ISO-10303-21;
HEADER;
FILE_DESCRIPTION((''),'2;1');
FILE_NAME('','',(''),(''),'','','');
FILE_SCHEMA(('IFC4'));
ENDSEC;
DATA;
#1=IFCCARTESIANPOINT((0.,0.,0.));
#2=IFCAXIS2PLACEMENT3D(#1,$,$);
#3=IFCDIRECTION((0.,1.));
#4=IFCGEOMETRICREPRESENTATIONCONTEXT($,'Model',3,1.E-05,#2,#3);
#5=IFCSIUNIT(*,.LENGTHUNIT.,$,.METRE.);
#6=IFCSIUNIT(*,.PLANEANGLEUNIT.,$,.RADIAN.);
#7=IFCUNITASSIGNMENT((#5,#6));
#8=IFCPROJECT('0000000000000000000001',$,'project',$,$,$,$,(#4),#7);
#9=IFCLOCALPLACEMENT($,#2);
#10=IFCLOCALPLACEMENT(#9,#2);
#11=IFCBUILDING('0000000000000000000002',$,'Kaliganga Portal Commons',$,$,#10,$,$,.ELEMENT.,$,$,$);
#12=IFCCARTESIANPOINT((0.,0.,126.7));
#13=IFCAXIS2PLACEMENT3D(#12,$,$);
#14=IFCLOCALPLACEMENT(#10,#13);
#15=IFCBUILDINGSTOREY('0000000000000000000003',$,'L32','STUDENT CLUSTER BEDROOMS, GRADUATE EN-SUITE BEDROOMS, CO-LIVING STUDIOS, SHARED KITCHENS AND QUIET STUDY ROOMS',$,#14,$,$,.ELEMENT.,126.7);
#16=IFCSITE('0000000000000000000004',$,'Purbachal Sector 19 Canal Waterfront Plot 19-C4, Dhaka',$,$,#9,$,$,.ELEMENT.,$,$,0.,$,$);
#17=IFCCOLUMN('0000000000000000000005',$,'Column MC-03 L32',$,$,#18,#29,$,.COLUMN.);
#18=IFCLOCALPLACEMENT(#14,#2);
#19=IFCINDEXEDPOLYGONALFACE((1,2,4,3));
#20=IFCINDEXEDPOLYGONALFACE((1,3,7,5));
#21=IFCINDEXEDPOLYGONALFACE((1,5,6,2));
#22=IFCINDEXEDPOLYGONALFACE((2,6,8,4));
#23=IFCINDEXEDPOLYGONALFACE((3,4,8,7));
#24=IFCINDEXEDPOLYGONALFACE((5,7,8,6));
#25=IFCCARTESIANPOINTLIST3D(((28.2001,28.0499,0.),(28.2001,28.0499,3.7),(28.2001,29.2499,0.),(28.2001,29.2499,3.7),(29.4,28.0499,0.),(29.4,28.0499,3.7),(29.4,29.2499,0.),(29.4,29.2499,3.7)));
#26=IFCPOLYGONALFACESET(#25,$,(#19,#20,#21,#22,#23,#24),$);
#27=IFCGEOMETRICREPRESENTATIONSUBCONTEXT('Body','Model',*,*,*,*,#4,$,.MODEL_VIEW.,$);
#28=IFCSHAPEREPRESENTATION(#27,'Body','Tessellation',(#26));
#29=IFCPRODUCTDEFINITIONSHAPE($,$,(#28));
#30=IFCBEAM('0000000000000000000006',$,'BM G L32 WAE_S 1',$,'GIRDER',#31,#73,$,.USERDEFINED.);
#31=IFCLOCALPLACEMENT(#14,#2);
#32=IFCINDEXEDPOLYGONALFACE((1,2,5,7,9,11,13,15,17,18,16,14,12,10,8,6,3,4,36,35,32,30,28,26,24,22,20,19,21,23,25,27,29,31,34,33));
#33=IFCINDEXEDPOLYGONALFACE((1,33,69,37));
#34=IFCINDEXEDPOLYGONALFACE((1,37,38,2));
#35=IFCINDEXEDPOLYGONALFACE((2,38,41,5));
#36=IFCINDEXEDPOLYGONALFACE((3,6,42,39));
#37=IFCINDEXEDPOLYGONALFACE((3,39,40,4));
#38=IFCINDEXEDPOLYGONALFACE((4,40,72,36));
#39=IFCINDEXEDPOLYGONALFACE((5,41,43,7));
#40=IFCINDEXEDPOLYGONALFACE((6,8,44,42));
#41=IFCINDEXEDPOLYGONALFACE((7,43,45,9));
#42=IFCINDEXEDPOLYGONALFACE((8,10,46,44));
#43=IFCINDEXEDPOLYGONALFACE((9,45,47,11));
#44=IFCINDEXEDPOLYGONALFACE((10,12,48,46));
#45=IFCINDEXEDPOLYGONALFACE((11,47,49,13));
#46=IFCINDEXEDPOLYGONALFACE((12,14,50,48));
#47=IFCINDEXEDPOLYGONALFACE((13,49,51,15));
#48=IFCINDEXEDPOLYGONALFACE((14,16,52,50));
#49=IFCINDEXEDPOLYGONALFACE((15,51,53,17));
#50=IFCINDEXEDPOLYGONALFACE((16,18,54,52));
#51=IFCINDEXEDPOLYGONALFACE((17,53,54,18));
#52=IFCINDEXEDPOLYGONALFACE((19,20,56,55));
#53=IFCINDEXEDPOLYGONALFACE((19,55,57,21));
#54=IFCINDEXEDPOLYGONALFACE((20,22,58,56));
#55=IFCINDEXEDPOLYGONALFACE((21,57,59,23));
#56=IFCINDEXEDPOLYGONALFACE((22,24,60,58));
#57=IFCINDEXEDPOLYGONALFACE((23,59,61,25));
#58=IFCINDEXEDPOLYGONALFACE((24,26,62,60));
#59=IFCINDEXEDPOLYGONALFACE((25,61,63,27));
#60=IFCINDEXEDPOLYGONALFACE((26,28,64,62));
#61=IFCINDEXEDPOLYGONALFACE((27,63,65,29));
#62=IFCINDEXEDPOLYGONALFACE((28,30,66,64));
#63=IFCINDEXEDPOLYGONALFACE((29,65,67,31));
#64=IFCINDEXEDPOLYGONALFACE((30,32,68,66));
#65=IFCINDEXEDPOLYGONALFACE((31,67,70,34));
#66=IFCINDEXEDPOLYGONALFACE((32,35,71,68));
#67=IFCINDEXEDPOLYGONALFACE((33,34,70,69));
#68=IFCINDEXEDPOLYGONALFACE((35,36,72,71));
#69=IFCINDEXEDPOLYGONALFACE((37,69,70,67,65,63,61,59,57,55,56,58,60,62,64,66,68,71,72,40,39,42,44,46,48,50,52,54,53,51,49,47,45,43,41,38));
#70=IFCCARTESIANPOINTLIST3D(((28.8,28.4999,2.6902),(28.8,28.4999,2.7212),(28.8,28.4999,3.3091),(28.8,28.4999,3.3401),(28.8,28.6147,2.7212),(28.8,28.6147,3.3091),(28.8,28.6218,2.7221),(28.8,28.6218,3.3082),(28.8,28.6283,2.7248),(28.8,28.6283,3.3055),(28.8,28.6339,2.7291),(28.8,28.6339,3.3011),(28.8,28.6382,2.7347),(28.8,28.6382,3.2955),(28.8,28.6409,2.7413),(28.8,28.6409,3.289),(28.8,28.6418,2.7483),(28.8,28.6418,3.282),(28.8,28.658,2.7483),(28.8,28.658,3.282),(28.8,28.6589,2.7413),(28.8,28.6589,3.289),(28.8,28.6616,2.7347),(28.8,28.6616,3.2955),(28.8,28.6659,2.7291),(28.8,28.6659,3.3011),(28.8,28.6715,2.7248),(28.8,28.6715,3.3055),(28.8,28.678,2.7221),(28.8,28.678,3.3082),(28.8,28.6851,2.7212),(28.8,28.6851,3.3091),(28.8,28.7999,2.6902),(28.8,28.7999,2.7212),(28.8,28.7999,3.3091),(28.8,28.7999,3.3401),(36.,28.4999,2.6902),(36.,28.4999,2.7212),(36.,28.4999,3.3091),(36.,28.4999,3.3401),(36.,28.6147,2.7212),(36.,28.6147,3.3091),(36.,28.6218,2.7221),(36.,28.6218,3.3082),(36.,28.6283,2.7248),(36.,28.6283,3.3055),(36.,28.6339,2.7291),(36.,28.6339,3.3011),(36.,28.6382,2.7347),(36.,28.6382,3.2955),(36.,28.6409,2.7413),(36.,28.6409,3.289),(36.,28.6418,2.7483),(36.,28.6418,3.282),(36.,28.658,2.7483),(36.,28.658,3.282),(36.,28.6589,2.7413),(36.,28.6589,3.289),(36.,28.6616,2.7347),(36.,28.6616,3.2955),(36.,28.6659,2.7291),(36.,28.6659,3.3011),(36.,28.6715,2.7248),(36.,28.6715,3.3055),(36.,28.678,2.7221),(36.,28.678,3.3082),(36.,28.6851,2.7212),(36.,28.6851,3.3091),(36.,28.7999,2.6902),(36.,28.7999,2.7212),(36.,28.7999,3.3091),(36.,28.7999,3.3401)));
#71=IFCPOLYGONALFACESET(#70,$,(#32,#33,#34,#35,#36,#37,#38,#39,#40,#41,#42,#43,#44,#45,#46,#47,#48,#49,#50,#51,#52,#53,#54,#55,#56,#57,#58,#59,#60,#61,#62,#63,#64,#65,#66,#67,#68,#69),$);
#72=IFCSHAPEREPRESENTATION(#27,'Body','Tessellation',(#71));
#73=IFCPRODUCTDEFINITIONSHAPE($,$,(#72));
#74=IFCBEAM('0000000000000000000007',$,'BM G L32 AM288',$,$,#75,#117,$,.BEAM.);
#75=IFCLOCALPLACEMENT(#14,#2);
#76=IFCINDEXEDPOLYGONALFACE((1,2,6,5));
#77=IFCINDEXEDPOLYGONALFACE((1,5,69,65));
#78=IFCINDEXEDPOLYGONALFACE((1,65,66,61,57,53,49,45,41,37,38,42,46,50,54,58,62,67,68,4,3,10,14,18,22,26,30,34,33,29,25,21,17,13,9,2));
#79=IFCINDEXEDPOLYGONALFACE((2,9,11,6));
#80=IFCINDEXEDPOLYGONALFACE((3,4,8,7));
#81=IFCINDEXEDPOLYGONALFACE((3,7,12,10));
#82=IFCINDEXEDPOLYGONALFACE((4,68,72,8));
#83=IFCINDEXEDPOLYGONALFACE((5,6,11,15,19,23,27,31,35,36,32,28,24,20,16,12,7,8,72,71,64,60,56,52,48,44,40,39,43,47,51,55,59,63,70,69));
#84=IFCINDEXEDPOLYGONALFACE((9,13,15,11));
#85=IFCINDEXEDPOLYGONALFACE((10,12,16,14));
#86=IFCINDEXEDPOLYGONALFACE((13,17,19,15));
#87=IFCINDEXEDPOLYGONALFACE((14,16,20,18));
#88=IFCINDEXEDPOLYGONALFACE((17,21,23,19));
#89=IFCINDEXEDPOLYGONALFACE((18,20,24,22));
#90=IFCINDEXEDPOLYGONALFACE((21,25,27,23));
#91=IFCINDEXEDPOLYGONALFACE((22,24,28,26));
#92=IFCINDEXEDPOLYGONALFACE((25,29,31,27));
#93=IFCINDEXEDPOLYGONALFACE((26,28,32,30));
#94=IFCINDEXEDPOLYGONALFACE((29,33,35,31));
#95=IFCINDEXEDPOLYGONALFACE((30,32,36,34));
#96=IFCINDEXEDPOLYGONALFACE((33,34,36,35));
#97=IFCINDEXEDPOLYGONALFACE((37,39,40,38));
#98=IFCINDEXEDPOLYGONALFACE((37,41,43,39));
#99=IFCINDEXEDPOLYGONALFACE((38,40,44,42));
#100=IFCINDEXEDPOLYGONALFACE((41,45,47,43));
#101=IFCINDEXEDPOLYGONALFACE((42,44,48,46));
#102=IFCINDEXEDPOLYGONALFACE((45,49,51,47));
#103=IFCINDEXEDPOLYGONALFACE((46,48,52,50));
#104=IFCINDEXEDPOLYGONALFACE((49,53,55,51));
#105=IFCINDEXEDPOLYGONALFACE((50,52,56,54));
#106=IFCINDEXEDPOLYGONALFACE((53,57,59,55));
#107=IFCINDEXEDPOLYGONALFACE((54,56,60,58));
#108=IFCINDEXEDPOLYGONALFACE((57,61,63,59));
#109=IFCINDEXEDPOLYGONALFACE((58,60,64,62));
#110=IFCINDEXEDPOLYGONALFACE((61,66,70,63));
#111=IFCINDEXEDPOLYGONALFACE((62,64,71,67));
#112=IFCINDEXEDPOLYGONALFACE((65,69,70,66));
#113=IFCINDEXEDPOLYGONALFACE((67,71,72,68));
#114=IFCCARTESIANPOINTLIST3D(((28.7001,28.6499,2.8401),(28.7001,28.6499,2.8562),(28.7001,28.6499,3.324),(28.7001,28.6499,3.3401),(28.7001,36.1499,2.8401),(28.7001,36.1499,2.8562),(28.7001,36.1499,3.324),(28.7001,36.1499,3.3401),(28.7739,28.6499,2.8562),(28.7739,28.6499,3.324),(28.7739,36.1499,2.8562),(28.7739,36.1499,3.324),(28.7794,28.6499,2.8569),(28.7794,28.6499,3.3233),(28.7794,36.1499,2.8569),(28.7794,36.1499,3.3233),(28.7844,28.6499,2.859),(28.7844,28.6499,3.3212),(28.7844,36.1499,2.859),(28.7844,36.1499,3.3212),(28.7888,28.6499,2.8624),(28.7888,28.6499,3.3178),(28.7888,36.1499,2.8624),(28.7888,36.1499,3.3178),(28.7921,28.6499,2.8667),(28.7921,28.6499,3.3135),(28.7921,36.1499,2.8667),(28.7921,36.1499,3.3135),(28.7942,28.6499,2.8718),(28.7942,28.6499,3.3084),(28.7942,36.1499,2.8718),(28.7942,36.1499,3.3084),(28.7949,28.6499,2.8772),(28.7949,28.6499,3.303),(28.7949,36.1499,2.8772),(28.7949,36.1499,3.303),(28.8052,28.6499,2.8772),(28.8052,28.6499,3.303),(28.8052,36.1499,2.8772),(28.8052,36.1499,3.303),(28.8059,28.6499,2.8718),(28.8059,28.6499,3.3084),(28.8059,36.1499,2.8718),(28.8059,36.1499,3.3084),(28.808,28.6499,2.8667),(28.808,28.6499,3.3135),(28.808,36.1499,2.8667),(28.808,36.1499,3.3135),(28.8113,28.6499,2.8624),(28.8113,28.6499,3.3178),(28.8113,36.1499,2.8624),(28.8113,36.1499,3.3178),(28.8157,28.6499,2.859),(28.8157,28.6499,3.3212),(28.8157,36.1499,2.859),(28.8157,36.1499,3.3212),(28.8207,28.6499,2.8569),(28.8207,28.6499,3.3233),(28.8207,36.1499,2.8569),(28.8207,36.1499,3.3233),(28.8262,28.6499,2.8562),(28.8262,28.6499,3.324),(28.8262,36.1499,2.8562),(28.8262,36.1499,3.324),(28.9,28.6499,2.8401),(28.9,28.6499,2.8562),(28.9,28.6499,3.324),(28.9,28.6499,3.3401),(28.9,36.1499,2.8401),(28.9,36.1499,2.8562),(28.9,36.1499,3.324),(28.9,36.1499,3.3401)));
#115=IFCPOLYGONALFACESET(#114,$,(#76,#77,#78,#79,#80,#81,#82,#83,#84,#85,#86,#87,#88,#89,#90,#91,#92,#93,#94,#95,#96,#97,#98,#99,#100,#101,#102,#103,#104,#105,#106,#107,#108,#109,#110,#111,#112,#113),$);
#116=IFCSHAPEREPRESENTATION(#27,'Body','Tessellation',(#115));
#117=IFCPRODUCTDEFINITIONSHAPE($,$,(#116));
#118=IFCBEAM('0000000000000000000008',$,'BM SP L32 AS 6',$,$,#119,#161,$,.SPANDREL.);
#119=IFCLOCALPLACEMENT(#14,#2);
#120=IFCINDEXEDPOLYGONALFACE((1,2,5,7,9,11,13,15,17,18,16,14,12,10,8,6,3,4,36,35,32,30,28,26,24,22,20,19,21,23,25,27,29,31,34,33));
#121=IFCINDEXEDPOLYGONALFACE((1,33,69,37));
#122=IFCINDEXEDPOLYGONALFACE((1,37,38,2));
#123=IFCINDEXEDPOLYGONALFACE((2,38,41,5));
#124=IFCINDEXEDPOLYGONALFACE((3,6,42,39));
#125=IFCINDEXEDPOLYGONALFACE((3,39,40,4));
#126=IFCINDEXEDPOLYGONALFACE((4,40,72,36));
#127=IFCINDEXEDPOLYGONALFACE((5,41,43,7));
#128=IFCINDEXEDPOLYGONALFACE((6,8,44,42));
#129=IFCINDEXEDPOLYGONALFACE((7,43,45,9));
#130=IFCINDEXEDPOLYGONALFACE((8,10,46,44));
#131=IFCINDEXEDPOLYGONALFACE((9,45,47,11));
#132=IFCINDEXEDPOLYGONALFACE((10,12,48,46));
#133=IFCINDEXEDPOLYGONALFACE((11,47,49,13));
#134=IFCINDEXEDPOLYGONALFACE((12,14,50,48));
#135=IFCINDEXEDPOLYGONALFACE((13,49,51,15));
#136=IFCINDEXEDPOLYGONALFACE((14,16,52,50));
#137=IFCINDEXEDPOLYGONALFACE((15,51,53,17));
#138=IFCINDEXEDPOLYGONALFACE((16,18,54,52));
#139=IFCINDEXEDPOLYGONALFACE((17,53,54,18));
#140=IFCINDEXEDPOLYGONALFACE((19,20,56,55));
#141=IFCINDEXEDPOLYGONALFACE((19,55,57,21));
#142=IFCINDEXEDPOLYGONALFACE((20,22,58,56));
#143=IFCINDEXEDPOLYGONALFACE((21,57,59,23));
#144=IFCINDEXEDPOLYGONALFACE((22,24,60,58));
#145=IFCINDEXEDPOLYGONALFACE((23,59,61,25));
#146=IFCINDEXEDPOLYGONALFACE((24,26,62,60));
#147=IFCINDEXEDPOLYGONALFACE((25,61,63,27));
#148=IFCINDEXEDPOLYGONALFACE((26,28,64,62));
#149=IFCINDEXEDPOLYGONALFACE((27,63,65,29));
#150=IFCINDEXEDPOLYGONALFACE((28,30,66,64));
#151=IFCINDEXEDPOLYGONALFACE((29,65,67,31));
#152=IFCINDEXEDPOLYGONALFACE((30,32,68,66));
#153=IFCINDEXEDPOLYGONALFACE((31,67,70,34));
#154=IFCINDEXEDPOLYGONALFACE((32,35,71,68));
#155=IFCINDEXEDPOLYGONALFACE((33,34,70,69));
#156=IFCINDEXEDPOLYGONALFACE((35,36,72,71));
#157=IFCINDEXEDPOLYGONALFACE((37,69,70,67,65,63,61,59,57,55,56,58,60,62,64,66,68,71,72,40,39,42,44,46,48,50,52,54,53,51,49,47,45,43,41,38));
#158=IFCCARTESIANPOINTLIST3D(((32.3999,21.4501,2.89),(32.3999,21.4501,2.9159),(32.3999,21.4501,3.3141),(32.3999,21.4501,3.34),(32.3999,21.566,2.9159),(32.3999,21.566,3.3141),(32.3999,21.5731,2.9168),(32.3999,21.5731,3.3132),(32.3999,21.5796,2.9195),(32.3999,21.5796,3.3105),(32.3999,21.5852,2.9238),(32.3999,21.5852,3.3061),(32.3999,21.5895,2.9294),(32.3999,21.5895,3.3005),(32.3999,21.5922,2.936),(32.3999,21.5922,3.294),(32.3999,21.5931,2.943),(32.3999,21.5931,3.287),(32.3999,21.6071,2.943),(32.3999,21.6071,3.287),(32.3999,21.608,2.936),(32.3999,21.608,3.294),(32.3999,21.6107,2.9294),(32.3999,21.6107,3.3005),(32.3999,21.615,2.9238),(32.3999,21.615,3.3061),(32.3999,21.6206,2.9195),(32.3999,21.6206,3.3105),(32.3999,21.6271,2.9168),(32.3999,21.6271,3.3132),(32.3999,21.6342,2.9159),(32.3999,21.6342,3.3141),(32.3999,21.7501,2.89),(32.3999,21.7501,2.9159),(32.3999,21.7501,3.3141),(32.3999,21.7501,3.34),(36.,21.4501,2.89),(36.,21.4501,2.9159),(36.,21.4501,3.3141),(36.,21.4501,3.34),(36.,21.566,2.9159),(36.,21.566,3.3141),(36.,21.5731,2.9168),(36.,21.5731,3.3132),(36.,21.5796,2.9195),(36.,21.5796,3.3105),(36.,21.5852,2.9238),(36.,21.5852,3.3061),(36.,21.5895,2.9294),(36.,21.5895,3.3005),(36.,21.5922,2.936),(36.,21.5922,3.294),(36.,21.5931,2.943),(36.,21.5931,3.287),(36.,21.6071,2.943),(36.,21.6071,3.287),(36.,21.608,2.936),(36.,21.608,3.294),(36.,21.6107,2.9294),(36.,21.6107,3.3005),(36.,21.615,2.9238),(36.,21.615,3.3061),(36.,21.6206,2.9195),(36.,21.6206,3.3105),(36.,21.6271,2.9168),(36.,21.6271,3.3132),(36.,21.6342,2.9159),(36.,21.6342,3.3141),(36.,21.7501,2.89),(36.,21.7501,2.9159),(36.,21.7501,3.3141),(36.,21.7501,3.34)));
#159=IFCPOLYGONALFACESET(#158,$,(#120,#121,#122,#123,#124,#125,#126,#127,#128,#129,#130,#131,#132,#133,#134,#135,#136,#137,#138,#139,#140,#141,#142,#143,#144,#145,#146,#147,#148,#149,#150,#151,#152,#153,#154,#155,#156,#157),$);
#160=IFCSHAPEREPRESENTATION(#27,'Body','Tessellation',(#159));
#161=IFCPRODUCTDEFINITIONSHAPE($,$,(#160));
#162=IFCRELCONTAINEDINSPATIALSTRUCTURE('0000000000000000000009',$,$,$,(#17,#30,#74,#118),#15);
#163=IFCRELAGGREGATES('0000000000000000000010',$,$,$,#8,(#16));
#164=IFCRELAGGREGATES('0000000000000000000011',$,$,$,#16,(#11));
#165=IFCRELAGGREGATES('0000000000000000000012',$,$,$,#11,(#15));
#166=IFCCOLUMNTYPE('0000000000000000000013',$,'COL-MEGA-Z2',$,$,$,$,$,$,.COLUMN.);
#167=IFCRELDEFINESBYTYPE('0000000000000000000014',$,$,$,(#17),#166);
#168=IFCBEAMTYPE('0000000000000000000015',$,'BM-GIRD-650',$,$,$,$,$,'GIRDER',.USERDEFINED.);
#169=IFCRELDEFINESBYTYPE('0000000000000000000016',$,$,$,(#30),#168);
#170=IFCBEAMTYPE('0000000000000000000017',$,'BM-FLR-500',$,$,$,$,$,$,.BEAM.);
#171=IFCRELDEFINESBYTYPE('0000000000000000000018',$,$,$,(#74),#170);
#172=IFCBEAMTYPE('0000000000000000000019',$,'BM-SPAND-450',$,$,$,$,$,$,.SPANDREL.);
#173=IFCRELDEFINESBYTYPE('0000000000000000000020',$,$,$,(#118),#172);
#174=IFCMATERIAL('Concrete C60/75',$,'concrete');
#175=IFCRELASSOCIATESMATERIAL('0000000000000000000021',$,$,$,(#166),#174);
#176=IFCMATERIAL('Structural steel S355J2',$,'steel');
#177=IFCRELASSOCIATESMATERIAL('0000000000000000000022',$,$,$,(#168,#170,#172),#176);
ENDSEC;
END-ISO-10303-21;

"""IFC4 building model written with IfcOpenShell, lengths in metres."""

from ifc_helpers import new_model, si_unit, direction, frame, origin, origin_2d, place, context, subcontext, project, spatial, rectangle, i_section, extrude, source, transform, mapped, material, material_profile, profile_set, type_object, element, save


model = new_model("IFC4")

# Units and contexts
model_context = context("Model", 3, precision=1e-05, world=origin(), true_north=direction((0.0, 1.0)))
body_context = subcontext(model_context, "Body", "Model", "MODEL_VIEW")
ifc_project = project(units=[si_unit("LENGTHUNIT", "METRE"), si_unit("PLANEANGLEUNIT", "RADIAN")], contexts=[model_context])

# Site, building, storey
site_placement = place(None, origin())
site = spatial("IfcSite", under=ifc_project, at=site_placement, Name="Purbachal Sector 19 Canal Waterfront Plot 19-C4, Dhaka", CompositionType="ELEMENT", RefElevation=0.0)
building_placement = place(site_placement, origin())
building = spatial("IfcBuilding", under=site, at=building_placement, Name="Kaliganga Portal Commons", CompositionType="ELEMENT")
storey_placement = place(building_placement, frame((0.0, 0.0, 126.7)))
storey = spatial("IfcBuildingStorey", under=building, at=storey_placement, Name="L32", Description="STUDENT CLUSTER BEDROOMS, GRADUATE EN-SUITE BEDROOMS, CO-LIVING STUDIOS, SHARED KITCHENS AND QUIET STUDY ROOMS", CompositionType="ELEMENT", Elevation=126.7)

# Column
ifc_material_1 = material(Name="Concrete C60/75", Category="concrete")
ifc_material_profile_1 = material_profile(ifc_material_1, rectangle(XDim=1.2, YDim=1.2, at=origin_2d()), Name="RC 1200x1200")
ifc_profile_set_1 = profile_set([ifc_material_profile_1], Name="Concrete C60/75")
column_type = type_object("IfcColumnType", Name="COL-MEGA-Z2", PredefinedType="COLUMN", material=ifc_profile_set_1)
shared_shape_1 = source(origin(), body_context, "Body", "SweptSolid", [
    extrude(rectangle(XDim=1.2, YDim=1.2, at=origin_2d()), origin(), (0.0, 0.0, 1.0), 3.7),
])
column_placement = place(storey_placement, frame((28.8, 28.6499, 0.0), z_axis=(0.0, 0.0, 1.0), x_axis=(1.0, 0.0, 0.0)))
element("IfcColumn", 1, at=column_placement, inside=storey, type_object=column_type, Name="Column MC-03 L32", PredefinedType="COLUMN", context=body_context, shape_type="MappedRepresentation", body=[
    mapped(shared_shape_1, transform((0.0, 0.0, 0.0), x_axis=(1.0, 0.0, 0.0), y_axis=(0.0, 1.0, 0.0), z_axis=(0.0, 0.0, 1.0), scale=1.0)),
])

# Beams
ifc_material_2 = material(Name="Structural steel S355J2", Category="steel")
ifc_material_profile_2 = material_profile(ifc_material_2, i_section(OverallWidth=0.3, OverallDepth=0.6499, WebThickness=0.0161, FlangeThickness=0.031, FilletRadius=0.0271, at=origin_2d()), Name="HE 650 B")
ifc_profile_set_2 = profile_set([ifc_material_profile_2], Name="Structural steel S355J2 wide-flange")
beam_type_1 = type_object("IfcBeamType", Name="BM-GIRD-650", ElementType="GIRDER", PredefinedType="USERDEFINED", material=ifc_profile_set_2)
shared_shape_2 = source(origin(), body_context, "Body", "SweptSolid", [
    extrude(i_section(OverallWidth=0.3, OverallDepth=0.6499, WebThickness=0.0161, FlangeThickness=0.031, FilletRadius=0.0271, at=origin_2d()), origin(), (0.0, 0.0, 1.0), 7.2),
])
beam_1_placement = place(storey_placement, frame((28.8, 28.6499, 3.0151), z_axis=(1.0, 0.0, 0.0), x_axis=(0.0, 1.0, 0.0)))
element("IfcBeam", 2, at=beam_1_placement, inside=storey, type_object=beam_type_1, Name="BM G L32 WAE_S 1", ObjectType="GIRDER", PredefinedType="USERDEFINED", context=body_context, shape_type="MappedRepresentation", body=[
    mapped(shared_shape_2, transform((0.0, 0.0, 0.0), x_axis=(1.0, 0.0, 0.0), y_axis=(0.0, 1.0, 0.0), z_axis=(0.0, 0.0, 1.0), scale=1.0)),
])
ifc_material_profile_3 = material_profile(ifc_material_2, i_section(OverallWidth=0.2, OverallDepth=0.5, WebThickness=0.0103, FlangeThickness=0.0161, FilletRadius=0.021, at=origin_2d()), Name="IPE 500")
ifc_profile_set_3 = profile_set([ifc_material_profile_3], Name="Structural steel S355J2 wide-flange")
beam_type_2 = type_object("IfcBeamType", Name="BM-FLR-500", PredefinedType="BEAM", material=ifc_profile_set_3)
shared_shape_3 = source(origin(), body_context, "Body", "SweptSolid", [
    extrude(i_section(OverallWidth=0.2, OverallDepth=0.5, WebThickness=0.0103, FlangeThickness=0.0161, FilletRadius=0.021, at=origin_2d()), origin(), (0.0, 0.0, 1.0), 7.5),
])
beam_2_placement = place(storey_placement, frame((28.8, 28.6499, 3.0901), z_axis=(0.0, 1.0, 0.0), x_axis=(-1.0, 0.0, 0.0)))
element("IfcBeam", 3, at=beam_2_placement, inside=storey, type_object=beam_type_2, Name="BM G L32 AM288", PredefinedType="BEAM", context=body_context, shape_type="MappedRepresentation", body=[
    mapped(shared_shape_3, transform((0.0, 0.0, 0.0), x_axis=(1.0, 0.0, 0.0), y_axis=(0.0, 1.0, 0.0), z_axis=(0.0, 0.0, 1.0), scale=1.0)),
])
ifc_material_profile_4 = material_profile(ifc_material_2, i_section(OverallWidth=0.3, OverallDepth=0.45, WebThickness=0.0139, FlangeThickness=0.0259, FilletRadius=0.0271, at=origin_2d()), Name="HE 450 B")
ifc_profile_set_4 = profile_set([ifc_material_profile_4], Name="Structural steel S355J2 wide-flange")
beam_type_3 = type_object("IfcBeamType", Name="BM-SPAND-450", PredefinedType="SPANDREL", material=ifc_profile_set_4)
shared_shape_4 = source(origin(), body_context, "Body", "SweptSolid", [
    extrude(i_section(OverallWidth=0.3, OverallDepth=0.45, WebThickness=0.0139, FlangeThickness=0.0259, FilletRadius=0.0271, at=origin_2d()), origin(), (0.0, 0.0, 1.0), 3.6001),
])
beam_3_placement = place(storey_placement, frame((32.3999, 21.6001, 3.115), z_axis=(1.0, 0.0, 0.0), x_axis=(0.0, 1.0, 0.0)))
element("IfcBeam", 4, at=beam_3_placement, inside=storey, type_object=beam_type_3, Name="BM SP L32 AS 6", PredefinedType="SPANDREL", context=body_context, shape_type="MappedRepresentation", body=[
    mapped(shared_shape_4, transform((0.0, 0.0, 0.0), x_axis=(1.0, 0.0, 0.0), y_axis=(0.0, 1.0, 0.0), z_axis=(0.0, 0.0, 1.0), scale=1.0)),
])

save(model, "model.ifc")
